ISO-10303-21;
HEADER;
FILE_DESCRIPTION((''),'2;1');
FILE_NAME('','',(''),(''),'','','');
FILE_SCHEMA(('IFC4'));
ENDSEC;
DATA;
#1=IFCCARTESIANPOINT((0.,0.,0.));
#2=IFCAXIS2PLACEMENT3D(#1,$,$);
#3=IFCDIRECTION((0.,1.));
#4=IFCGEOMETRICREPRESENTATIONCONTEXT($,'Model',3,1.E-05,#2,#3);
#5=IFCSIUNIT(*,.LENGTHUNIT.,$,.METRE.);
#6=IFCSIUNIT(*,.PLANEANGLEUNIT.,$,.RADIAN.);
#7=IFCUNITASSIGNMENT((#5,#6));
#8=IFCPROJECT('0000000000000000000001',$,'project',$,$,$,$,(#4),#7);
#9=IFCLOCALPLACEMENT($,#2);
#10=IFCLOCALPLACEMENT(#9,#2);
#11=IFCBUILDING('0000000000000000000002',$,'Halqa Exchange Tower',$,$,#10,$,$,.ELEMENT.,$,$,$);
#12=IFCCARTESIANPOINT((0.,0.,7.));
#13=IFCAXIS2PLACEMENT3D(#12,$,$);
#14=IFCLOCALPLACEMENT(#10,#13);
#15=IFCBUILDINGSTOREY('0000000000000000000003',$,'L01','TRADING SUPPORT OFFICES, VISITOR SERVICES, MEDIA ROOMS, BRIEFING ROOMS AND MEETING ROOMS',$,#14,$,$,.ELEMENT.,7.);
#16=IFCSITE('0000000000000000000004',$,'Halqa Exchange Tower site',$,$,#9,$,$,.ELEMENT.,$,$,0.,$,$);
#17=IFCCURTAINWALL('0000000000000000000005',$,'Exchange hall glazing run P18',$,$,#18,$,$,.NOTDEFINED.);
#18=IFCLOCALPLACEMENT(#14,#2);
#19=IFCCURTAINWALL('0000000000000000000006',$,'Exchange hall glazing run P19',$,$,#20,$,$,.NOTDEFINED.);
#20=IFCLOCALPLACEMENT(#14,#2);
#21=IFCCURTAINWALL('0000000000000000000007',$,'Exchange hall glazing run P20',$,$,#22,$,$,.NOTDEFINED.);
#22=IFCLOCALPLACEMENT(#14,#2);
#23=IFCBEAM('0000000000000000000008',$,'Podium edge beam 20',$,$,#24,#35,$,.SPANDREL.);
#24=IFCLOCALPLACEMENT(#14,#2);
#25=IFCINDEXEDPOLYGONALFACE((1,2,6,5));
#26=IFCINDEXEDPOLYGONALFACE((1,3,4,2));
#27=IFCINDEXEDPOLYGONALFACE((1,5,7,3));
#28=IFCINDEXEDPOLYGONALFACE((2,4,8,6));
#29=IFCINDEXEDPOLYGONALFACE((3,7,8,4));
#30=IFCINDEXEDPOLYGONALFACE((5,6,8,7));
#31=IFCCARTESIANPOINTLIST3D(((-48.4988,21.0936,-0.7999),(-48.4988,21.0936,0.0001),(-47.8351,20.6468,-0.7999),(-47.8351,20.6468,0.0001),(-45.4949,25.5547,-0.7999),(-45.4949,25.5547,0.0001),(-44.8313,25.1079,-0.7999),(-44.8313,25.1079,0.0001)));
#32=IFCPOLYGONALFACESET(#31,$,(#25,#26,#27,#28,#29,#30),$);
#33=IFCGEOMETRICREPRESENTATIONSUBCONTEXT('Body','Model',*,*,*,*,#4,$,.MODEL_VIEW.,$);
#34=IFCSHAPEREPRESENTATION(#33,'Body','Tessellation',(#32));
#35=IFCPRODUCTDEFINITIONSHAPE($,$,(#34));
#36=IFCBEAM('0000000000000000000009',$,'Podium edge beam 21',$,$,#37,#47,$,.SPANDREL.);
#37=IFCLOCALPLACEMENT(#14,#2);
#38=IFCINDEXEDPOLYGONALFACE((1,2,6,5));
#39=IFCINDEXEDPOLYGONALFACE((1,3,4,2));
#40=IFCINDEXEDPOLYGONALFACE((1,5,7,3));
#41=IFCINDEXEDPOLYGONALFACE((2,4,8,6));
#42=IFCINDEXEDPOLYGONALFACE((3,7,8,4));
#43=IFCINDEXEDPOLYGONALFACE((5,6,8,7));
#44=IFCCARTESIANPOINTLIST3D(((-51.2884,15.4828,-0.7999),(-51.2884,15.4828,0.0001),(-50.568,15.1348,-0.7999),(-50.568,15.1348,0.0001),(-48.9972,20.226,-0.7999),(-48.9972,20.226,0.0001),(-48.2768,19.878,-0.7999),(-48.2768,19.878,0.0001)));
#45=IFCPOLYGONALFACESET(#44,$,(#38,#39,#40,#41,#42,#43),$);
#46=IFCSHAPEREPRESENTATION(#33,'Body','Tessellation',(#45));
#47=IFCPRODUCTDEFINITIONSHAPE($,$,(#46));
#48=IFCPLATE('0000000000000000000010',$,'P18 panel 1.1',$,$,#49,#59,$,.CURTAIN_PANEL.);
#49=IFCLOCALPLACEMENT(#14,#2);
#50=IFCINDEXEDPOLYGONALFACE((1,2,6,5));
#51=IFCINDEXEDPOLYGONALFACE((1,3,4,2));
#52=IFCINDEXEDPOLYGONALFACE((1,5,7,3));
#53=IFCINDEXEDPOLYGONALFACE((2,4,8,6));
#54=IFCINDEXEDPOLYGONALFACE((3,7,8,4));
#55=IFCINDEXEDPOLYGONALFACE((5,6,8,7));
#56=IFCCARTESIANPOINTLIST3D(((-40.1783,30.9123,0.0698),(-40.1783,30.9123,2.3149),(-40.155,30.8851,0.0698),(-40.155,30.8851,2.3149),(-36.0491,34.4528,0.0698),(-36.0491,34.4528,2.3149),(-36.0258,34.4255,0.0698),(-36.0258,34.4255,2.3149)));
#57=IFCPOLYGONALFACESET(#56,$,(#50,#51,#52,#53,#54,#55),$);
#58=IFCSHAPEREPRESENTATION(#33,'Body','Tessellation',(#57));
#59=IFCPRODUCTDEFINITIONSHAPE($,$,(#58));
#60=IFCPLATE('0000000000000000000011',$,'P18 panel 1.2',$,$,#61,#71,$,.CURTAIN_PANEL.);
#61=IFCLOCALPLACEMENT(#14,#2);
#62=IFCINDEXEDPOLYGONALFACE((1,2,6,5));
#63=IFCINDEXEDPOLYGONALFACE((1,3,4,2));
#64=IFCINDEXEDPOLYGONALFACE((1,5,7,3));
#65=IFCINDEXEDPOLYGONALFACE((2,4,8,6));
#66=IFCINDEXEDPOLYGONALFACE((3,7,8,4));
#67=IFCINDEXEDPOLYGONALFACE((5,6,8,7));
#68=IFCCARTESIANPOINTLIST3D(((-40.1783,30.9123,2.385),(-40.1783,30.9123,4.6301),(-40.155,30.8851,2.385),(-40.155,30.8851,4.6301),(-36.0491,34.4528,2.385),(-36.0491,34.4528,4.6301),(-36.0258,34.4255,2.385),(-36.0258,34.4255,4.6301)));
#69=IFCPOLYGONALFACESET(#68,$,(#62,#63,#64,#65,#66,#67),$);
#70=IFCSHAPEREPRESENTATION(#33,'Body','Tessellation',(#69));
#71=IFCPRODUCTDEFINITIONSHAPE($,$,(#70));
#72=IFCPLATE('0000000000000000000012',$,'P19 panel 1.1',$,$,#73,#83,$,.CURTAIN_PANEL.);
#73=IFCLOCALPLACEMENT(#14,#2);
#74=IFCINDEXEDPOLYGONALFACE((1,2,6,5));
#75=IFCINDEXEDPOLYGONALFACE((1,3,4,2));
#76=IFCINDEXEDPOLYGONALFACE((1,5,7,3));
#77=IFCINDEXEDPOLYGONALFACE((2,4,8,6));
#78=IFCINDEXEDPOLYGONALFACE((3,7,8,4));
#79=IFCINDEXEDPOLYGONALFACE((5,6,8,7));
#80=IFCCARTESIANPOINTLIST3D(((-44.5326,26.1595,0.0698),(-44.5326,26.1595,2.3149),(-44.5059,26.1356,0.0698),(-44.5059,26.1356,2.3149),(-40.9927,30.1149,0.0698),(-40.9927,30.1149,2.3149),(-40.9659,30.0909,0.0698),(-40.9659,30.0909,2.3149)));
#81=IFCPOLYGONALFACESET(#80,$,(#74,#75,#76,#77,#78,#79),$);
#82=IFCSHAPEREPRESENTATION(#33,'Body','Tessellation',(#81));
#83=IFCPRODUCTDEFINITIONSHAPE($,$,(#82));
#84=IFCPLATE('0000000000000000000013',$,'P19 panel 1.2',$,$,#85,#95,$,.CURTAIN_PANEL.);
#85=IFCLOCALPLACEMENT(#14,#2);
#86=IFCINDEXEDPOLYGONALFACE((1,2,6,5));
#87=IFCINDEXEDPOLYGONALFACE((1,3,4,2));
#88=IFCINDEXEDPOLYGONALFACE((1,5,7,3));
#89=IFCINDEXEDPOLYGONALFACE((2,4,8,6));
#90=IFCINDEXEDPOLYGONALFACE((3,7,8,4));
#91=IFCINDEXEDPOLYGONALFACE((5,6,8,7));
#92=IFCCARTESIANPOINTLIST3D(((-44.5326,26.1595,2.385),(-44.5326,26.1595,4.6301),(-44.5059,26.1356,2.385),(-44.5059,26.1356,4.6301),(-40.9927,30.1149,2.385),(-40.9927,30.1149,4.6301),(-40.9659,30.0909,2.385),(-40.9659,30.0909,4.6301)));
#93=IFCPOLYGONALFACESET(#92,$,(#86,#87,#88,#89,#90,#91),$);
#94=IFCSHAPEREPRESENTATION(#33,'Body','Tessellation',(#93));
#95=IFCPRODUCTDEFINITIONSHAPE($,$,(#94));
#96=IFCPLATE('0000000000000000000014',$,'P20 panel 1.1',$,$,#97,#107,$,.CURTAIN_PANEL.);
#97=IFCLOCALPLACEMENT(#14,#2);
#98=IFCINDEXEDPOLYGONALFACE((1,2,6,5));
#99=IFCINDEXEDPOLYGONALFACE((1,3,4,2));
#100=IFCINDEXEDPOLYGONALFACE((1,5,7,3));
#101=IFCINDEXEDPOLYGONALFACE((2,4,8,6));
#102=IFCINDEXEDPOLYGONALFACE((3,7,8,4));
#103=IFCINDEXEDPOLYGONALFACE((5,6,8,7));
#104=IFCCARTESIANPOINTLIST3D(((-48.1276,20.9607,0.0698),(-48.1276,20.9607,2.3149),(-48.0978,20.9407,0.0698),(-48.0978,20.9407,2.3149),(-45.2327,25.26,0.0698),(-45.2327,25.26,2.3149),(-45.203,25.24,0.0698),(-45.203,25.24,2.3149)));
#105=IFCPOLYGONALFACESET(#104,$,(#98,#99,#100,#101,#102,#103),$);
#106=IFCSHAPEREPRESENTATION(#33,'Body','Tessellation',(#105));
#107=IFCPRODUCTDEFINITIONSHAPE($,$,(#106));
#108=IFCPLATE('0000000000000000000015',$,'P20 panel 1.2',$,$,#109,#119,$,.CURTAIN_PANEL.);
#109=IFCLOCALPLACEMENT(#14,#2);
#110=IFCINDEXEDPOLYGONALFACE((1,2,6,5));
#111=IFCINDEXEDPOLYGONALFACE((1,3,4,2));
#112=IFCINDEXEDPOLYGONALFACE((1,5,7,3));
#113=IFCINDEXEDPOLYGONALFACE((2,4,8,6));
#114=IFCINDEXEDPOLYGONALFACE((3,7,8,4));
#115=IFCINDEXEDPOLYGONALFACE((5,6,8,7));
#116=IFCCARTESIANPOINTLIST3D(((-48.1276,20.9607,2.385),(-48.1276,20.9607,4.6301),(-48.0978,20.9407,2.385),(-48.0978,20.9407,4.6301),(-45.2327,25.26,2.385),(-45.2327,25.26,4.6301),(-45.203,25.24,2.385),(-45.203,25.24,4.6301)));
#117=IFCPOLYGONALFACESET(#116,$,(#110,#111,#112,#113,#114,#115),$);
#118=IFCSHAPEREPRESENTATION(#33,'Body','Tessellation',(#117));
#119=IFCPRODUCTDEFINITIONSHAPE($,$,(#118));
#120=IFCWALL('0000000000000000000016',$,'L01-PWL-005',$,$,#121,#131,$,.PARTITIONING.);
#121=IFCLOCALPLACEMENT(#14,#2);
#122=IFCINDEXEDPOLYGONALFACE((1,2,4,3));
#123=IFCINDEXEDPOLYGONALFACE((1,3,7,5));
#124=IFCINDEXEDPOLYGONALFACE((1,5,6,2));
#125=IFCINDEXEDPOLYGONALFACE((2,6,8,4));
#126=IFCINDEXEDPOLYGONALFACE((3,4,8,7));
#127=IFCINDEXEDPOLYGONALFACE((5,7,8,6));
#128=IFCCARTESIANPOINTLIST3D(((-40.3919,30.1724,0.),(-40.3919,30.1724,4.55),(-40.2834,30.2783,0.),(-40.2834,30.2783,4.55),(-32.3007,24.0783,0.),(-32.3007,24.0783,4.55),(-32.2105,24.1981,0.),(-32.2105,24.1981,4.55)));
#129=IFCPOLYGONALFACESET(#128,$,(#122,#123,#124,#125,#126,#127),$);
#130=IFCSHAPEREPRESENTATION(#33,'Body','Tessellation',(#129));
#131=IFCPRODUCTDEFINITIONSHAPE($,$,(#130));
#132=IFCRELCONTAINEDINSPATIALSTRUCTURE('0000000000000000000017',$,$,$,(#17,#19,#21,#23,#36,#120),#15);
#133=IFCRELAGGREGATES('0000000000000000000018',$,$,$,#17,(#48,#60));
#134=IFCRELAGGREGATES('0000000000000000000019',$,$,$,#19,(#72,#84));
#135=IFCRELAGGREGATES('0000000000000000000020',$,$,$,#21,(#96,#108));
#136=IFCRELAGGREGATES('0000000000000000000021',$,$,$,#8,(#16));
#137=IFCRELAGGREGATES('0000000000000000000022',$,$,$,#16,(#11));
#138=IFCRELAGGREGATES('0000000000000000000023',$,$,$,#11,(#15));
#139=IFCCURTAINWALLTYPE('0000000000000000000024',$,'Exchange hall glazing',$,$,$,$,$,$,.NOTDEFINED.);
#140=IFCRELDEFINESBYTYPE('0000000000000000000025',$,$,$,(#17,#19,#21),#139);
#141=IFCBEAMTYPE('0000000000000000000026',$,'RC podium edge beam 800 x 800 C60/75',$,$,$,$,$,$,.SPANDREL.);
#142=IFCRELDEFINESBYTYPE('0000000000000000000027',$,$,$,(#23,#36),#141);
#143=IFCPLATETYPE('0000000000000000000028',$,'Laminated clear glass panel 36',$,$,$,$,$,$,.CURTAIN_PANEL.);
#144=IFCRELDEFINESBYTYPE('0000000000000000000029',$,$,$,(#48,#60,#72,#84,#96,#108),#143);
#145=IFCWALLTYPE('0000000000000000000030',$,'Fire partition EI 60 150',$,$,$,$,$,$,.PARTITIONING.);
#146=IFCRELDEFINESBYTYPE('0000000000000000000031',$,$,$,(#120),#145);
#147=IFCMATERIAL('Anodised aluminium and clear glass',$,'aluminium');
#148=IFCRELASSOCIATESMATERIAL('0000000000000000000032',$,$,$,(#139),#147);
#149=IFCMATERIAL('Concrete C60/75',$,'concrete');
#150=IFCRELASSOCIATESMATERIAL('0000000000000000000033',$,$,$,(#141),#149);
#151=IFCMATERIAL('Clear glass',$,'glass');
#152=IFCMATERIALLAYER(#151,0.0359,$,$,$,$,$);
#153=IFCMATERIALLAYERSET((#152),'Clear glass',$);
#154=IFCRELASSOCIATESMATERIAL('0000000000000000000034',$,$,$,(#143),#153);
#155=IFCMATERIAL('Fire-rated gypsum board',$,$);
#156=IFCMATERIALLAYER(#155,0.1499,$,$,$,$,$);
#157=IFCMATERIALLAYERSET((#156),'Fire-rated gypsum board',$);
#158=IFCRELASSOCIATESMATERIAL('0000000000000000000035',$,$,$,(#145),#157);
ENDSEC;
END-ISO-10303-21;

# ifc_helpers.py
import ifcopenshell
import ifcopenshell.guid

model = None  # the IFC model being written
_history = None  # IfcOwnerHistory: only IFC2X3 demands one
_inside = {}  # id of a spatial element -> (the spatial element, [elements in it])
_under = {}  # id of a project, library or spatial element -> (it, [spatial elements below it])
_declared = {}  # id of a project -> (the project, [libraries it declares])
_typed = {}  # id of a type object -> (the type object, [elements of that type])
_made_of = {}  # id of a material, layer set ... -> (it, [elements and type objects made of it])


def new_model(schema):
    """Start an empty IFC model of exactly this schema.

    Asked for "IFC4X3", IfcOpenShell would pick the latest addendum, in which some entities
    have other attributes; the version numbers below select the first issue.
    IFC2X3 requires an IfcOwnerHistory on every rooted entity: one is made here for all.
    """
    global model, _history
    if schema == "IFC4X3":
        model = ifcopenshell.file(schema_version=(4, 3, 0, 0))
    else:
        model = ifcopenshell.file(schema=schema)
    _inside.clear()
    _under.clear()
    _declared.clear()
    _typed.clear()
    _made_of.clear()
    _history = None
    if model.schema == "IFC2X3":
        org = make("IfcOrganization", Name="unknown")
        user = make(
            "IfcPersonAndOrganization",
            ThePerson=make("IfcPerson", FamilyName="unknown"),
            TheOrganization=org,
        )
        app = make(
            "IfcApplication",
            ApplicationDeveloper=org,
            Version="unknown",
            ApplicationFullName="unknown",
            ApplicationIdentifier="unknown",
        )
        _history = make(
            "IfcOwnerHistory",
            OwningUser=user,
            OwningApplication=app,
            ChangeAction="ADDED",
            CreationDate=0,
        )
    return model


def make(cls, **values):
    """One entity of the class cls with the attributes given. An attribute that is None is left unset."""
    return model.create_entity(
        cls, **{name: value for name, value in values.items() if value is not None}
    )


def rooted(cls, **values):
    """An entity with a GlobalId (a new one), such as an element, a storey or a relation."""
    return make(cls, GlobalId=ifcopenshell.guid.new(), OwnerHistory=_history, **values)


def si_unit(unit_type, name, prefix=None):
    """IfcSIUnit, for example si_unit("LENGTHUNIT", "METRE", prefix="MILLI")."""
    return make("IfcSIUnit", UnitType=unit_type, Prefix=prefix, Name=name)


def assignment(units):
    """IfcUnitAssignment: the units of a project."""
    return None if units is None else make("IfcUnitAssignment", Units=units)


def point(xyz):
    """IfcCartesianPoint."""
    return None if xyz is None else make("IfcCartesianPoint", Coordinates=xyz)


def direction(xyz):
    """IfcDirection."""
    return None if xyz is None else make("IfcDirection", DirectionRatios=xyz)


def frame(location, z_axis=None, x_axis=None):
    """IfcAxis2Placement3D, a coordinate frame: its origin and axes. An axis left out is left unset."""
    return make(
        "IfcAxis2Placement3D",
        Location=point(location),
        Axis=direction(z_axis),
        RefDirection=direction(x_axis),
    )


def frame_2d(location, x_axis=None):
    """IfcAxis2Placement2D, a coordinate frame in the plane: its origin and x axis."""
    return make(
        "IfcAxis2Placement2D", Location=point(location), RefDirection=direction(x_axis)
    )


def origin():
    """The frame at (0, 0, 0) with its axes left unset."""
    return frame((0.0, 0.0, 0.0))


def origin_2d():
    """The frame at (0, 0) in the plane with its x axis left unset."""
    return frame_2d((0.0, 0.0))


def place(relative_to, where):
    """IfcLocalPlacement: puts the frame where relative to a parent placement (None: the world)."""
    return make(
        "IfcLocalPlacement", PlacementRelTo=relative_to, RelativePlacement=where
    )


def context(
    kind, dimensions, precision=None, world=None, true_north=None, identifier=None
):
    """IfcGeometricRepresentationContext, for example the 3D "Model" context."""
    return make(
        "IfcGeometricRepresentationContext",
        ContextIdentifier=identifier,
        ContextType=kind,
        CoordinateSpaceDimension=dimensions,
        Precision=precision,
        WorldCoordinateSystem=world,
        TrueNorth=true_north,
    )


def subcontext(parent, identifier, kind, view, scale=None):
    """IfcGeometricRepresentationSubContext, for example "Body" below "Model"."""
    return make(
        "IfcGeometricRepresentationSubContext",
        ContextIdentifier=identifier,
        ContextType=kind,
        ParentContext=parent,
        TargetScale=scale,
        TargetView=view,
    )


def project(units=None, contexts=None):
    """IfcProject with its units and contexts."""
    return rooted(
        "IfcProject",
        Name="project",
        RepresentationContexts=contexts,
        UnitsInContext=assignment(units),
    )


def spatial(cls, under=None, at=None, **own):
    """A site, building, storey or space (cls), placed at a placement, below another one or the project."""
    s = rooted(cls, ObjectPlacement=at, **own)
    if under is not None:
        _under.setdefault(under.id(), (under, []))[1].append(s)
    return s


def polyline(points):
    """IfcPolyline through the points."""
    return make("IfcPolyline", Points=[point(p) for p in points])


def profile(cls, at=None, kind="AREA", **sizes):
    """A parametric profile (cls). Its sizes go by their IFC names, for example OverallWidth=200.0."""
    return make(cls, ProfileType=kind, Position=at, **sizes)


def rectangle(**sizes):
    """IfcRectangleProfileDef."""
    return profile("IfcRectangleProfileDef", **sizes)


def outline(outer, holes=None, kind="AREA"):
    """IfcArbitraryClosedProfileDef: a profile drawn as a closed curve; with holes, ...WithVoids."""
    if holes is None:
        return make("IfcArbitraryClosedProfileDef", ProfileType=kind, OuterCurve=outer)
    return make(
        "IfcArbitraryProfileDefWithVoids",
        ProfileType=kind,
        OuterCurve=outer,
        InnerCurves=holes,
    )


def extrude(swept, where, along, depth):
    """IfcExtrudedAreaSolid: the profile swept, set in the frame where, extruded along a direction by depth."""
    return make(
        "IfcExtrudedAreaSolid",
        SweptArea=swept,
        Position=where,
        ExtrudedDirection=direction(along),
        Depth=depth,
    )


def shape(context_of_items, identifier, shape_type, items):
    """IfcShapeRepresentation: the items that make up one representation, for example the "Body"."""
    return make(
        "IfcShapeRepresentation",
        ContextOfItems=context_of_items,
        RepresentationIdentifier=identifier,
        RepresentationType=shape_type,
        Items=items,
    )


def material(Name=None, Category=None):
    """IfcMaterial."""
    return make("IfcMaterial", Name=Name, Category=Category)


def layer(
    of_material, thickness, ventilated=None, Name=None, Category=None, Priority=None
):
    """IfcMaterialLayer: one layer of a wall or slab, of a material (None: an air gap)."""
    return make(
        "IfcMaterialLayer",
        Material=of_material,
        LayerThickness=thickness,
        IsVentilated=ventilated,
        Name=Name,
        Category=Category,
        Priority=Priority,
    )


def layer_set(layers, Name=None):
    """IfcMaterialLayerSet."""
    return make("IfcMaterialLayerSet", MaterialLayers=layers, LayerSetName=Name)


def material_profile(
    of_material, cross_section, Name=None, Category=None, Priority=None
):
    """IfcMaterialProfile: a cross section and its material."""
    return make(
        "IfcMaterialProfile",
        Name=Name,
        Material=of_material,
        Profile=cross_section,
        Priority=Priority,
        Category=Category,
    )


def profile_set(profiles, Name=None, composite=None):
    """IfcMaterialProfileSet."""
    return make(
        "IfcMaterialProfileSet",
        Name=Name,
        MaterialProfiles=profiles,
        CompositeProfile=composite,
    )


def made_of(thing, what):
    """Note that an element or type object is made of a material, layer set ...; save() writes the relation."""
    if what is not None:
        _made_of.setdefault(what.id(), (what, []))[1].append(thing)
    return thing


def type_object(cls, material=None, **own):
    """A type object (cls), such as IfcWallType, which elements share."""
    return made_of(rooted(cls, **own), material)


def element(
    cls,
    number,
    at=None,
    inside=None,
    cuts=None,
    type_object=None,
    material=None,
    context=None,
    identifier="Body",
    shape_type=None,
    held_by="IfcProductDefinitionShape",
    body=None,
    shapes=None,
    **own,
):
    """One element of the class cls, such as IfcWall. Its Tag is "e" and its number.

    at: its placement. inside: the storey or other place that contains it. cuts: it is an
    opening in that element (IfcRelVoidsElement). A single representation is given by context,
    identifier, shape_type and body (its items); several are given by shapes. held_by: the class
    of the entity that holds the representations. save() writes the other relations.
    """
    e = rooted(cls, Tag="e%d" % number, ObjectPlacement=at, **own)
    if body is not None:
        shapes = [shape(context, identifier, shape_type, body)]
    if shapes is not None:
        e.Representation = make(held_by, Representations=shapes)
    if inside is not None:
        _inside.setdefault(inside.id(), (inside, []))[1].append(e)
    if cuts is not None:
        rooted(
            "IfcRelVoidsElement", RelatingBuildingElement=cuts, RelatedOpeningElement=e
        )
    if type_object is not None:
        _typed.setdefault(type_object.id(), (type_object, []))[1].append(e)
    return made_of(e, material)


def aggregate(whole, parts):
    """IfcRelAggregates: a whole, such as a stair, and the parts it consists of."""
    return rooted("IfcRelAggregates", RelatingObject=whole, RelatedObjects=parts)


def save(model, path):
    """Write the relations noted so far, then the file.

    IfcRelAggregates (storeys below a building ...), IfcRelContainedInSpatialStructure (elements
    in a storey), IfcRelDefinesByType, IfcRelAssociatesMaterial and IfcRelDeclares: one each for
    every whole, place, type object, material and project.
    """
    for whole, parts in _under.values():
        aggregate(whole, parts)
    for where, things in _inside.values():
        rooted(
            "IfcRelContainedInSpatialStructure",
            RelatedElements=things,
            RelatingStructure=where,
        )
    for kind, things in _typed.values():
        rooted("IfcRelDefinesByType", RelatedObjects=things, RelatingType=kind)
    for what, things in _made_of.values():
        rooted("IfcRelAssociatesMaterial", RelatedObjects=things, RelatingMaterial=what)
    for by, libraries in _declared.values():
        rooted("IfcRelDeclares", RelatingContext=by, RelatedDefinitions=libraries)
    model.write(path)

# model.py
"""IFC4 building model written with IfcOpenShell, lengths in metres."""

from ifc_helpers import new_model, si_unit, direction, frame, origin, origin_2d, place, context, subcontext, project, spatial, polyline, rectangle, outline, extrude, material, layer, layer_set, material_profile, profile_set, type_object, element, aggregate, save


model = new_model("IFC4")

# Units and contexts
model_context = context("Model", 3, precision=1e-05, world=origin(), true_north=direction((0.0, 1.0)))
body_context = subcontext(model_context, "Body", "Model", "MODEL_VIEW")
ifc_project = project(units=[si_unit("LENGTHUNIT", "METRE"), si_unit("PLANEANGLEUNIT", "RADIAN")], contexts=[model_context])

# Site, building, storey
site_placement = place(None, origin())
site = spatial("IfcSite", under=ifc_project, at=site_placement, Name="Halqa Exchange Tower site", CompositionType="ELEMENT", RefElevation=0.0)
building_placement = place(site_placement, origin())
building = spatial("IfcBuilding", under=site, at=building_placement, Name="Halqa Exchange Tower", CompositionType="ELEMENT")
storey_placement = place(building_placement, frame((0.0, 0.0, 7.0)))
storey = spatial("IfcBuildingStorey", under=building, at=storey_placement, Name="L01", Description="TRADING SUPPORT OFFICES, VISITOR SERVICES, MEDIA ROOMS, BRIEFING ROOMS AND MEETING ROOMS", CompositionType="ELEMENT", Elevation=7.0)

# Shared definitions
ifc_material_1 = material(Name="Concrete C60/75", Category="concrete")

# Curtain wall
ifc_material_2 = material(Name="Anodised aluminium and clear glass", Category="aluminium")
curtain_wall_type = type_object("IfcCurtainWallType", Name="Exchange hall glazing", PredefinedType="NOTDEFINED", material=ifc_material_2)
curtain_wall_1_placement = place(storey_placement, origin())
curtain_wall_1 = element("IfcCurtainWall", 1, at=curtain_wall_1_placement, inside=storey, type_object=curtain_wall_type, Name="Exchange hall glazing run P18", PredefinedType="NOTDEFINED")

# Curtain walls
curtain_wall_2_placement = place(storey_placement, origin())
curtain_wall_2 = element("IfcCurtainWall", 2, at=curtain_wall_2_placement, inside=storey, type_object=curtain_wall_type, Name="Exchange hall glazing run P19", PredefinedType="NOTDEFINED")
curtain_wall_3_placement = place(storey_placement, origin())
curtain_wall_3 = element("IfcCurtainWall", 3, at=curtain_wall_3_placement, inside=storey, type_object=curtain_wall_type, Name="Exchange hall glazing run P20", PredefinedType="NOTDEFINED")

# Beams
ifc_material_profile_1 = material_profile(ifc_material_1, rectangle(XDim=0.8, YDim=0.8, at=origin_2d()), Name="800 x 800")
ifc_profile_set_1 = profile_set([ifc_material_profile_1], Name="Concrete C60/75")
beam_type = type_object("IfcBeamType", Name="RC podium edge beam 800 x 800 C60/75", PredefinedType="SPANDREL", material=ifc_profile_set_1)
beam_1_placement = place(storey_placement, frame((-45.1631, 25.3313, -0.3999), z_axis=(-0.558528, -0.829485, 0.0), x_axis=(0.829485, -0.558528, 0.0)))
element("IfcBeam", 4, at=beam_1_placement, inside=storey, type_object=beam_type, Name="Podium edge beam 20", PredefinedType="SPANDREL", context=body_context, shape_type="SweptSolid", body=[
    extrude(rectangle(XDim=0.8, YDim=0.8, at=origin_2d()), origin(), (0.0, 0.0, 1.0), 5.3782),
])
beam_2_placement = place(storey_placement, frame((-48.637, 20.052, -0.3999), z_axis=(-0.434973, -0.900443, 0.0), x_axis=(0.900443, -0.434973, 0.0)))
element("IfcBeam", 5, at=beam_2_placement, inside=storey, type_object=beam_type, Name="Podium edge beam 21", PredefinedType="SPANDREL", context=body_context, shape_type="SweptSolid", body=[
    extrude(rectangle(XDim=0.8, YDim=0.8, at=origin_2d()), origin(), (0.0, 0.0, 1.0), 5.2676),
])

# Plates
ifc_material_3 = material(Name="Clear glass", Category="glass")
ifc_layer_1 = layer(ifc_material_3, 0.0359)
ifc_layer_set_1 = layer_set([ifc_layer_1], Name="Clear glass")
plate_type = type_object("IfcPlateType", Name="Laminated clear glass panel 36", PredefinedType="CURTAIN_PANEL", material=ifc_layer_set_1)
plate_1_placement = place(storey_placement, frame((-38.1021, 32.6689, 0.0698), z_axis=(0.0, 0.0, 1.0), x_axis=(-0.759154, -0.650911, 0.0)))
plate_1 = element("IfcPlate", 6, at=plate_1_placement, type_object=plate_type, Name="P18 panel 1.1", PredefinedType="CURTAIN_PANEL", context=body_context, shape_type="SweptSolid", body=[
    extrude(rectangle(XDim=5.4392, YDim=0.0359, at=origin_2d()), origin(), (0.0, 0.0, 1.0), 2.2451),
])
plate_2_placement = place(storey_placement, frame((-38.1021, 32.6689, 2.385), z_axis=(0.0, 0.0, 1.0), x_axis=(-0.759154, -0.650911, 0.0)))
plate_2 = element("IfcPlate", 7, at=plate_2_placement, type_object=plate_type, Name="P18 panel 1.2", PredefinedType="CURTAIN_PANEL", context=body_context, shape_type="SweptSolid", body=[
    extrude(rectangle(XDim=5.4392, YDim=0.0359, at=origin_2d()), origin(), (0.0, 0.0, 1.0), 2.2451),
])
aggregate(curtain_wall_1, [plate_1, plate_2])
plate_3_placement = place(storey_placement, frame((-42.7493, 28.1252, 0.0698), z_axis=(0.0, 0.0, 1.0), x_axis=(-0.666899, -0.745148, 0.0)))
plate_3 = element("IfcPlate", 8, at=plate_3_placement, type_object=plate_type, Name="P19 panel 1.1", PredefinedType="CURTAIN_PANEL", context=body_context, shape_type="SweptSolid", body=[
    extrude(rectangle(XDim=5.3081, YDim=0.0359, at=origin_2d()), origin(), (0.0, 0.0, 1.0), 2.2451),
])
plate_4_placement = place(storey_placement, frame((-42.7493, 28.1252, 2.385), z_axis=(0.0, 0.0, 1.0), x_axis=(-0.666899, -0.745148, 0.0)))
plate_4 = element("IfcPlate", 9, at=plate_4_placement, type_object=plate_type, Name="P19 panel 1.2", PredefinedType="CURTAIN_PANEL", context=body_context, shape_type="SweptSolid", body=[
    extrude(rectangle(XDim=5.3081, YDim=0.0359, at=origin_2d()), origin(), (0.0, 0.0, 1.0), 2.2451),
])
aggregate(curtain_wall_2, [plate_3, plate_4])
plate_5_placement = place(storey_placement, frame((-46.6653, 23.1003, 0.0698), z_axis=(0.0, 0.0, 1.0), x_axis=(-0.558522, -0.82949, 0.0)))
plate_5 = element("IfcPlate", 10, at=plate_5_placement, type_object=plate_type, Name="P20 panel 1.1", PredefinedType="CURTAIN_PANEL", context=body_context, shape_type="SweptSolid", body=[
    extrude(rectangle(XDim=5.1831, YDim=0.0359, at=origin_2d()), origin(), (0.0, 0.0, 1.0), 2.2451),
])
plate_6_placement = place(storey_placement, frame((-46.6653, 23.1003, 2.385), z_axis=(0.0, 0.0, 1.0), x_axis=(-0.558522, -0.82949, 0.0)))
plate_6 = element("IfcPlate", 11, at=plate_6_placement, type_object=plate_type, Name="P20 panel 1.2", PredefinedType="CURTAIN_PANEL", context=body_context, shape_type="SweptSolid", body=[
    extrude(rectangle(XDim=5.1831, YDim=0.0359, at=origin_2d()), origin(), (0.0, 0.0, 1.0), 2.2451),
])
aggregate(curtain_wall_3, [plate_5, plate_6])

# Wall
ifc_material_4 = material(Name="Fire-rated gypsum board")
ifc_layer_2 = layer(ifc_material_4, 0.1499)
ifc_layer_set_2 = layer_set([ifc_layer_2], Name="Fire-rated gypsum board")
wall_type = type_object("IfcWallType", Name="Fire partition EI 60 150", PredefinedType="PARTITIONING", material=ifc_layer_set_2)
wall_placement = place(storey_placement, frame((-40.3376, 30.2253, 0.0), z_axis=(0.0, 0.0, 1.0), x_axis=(0.798782, -0.60162, 0.0)))
element("IfcWall", 12, at=wall_placement, inside=storey, type_object=wall_type, Name="L01-PWL-005", PredefinedType="PARTITIONING", context=body_context, shape_type="SweptSolid", body=[
    extrude(outline(polyline([(-0.0115, -0.075), (10.1179, -0.075), (10.1179, 0.075), (0.0115, 0.075), (-0.0115, -0.075)])), origin(), (0.0, 0.0, 1.0), 4.55),
])

save(model, "model.ifc")
